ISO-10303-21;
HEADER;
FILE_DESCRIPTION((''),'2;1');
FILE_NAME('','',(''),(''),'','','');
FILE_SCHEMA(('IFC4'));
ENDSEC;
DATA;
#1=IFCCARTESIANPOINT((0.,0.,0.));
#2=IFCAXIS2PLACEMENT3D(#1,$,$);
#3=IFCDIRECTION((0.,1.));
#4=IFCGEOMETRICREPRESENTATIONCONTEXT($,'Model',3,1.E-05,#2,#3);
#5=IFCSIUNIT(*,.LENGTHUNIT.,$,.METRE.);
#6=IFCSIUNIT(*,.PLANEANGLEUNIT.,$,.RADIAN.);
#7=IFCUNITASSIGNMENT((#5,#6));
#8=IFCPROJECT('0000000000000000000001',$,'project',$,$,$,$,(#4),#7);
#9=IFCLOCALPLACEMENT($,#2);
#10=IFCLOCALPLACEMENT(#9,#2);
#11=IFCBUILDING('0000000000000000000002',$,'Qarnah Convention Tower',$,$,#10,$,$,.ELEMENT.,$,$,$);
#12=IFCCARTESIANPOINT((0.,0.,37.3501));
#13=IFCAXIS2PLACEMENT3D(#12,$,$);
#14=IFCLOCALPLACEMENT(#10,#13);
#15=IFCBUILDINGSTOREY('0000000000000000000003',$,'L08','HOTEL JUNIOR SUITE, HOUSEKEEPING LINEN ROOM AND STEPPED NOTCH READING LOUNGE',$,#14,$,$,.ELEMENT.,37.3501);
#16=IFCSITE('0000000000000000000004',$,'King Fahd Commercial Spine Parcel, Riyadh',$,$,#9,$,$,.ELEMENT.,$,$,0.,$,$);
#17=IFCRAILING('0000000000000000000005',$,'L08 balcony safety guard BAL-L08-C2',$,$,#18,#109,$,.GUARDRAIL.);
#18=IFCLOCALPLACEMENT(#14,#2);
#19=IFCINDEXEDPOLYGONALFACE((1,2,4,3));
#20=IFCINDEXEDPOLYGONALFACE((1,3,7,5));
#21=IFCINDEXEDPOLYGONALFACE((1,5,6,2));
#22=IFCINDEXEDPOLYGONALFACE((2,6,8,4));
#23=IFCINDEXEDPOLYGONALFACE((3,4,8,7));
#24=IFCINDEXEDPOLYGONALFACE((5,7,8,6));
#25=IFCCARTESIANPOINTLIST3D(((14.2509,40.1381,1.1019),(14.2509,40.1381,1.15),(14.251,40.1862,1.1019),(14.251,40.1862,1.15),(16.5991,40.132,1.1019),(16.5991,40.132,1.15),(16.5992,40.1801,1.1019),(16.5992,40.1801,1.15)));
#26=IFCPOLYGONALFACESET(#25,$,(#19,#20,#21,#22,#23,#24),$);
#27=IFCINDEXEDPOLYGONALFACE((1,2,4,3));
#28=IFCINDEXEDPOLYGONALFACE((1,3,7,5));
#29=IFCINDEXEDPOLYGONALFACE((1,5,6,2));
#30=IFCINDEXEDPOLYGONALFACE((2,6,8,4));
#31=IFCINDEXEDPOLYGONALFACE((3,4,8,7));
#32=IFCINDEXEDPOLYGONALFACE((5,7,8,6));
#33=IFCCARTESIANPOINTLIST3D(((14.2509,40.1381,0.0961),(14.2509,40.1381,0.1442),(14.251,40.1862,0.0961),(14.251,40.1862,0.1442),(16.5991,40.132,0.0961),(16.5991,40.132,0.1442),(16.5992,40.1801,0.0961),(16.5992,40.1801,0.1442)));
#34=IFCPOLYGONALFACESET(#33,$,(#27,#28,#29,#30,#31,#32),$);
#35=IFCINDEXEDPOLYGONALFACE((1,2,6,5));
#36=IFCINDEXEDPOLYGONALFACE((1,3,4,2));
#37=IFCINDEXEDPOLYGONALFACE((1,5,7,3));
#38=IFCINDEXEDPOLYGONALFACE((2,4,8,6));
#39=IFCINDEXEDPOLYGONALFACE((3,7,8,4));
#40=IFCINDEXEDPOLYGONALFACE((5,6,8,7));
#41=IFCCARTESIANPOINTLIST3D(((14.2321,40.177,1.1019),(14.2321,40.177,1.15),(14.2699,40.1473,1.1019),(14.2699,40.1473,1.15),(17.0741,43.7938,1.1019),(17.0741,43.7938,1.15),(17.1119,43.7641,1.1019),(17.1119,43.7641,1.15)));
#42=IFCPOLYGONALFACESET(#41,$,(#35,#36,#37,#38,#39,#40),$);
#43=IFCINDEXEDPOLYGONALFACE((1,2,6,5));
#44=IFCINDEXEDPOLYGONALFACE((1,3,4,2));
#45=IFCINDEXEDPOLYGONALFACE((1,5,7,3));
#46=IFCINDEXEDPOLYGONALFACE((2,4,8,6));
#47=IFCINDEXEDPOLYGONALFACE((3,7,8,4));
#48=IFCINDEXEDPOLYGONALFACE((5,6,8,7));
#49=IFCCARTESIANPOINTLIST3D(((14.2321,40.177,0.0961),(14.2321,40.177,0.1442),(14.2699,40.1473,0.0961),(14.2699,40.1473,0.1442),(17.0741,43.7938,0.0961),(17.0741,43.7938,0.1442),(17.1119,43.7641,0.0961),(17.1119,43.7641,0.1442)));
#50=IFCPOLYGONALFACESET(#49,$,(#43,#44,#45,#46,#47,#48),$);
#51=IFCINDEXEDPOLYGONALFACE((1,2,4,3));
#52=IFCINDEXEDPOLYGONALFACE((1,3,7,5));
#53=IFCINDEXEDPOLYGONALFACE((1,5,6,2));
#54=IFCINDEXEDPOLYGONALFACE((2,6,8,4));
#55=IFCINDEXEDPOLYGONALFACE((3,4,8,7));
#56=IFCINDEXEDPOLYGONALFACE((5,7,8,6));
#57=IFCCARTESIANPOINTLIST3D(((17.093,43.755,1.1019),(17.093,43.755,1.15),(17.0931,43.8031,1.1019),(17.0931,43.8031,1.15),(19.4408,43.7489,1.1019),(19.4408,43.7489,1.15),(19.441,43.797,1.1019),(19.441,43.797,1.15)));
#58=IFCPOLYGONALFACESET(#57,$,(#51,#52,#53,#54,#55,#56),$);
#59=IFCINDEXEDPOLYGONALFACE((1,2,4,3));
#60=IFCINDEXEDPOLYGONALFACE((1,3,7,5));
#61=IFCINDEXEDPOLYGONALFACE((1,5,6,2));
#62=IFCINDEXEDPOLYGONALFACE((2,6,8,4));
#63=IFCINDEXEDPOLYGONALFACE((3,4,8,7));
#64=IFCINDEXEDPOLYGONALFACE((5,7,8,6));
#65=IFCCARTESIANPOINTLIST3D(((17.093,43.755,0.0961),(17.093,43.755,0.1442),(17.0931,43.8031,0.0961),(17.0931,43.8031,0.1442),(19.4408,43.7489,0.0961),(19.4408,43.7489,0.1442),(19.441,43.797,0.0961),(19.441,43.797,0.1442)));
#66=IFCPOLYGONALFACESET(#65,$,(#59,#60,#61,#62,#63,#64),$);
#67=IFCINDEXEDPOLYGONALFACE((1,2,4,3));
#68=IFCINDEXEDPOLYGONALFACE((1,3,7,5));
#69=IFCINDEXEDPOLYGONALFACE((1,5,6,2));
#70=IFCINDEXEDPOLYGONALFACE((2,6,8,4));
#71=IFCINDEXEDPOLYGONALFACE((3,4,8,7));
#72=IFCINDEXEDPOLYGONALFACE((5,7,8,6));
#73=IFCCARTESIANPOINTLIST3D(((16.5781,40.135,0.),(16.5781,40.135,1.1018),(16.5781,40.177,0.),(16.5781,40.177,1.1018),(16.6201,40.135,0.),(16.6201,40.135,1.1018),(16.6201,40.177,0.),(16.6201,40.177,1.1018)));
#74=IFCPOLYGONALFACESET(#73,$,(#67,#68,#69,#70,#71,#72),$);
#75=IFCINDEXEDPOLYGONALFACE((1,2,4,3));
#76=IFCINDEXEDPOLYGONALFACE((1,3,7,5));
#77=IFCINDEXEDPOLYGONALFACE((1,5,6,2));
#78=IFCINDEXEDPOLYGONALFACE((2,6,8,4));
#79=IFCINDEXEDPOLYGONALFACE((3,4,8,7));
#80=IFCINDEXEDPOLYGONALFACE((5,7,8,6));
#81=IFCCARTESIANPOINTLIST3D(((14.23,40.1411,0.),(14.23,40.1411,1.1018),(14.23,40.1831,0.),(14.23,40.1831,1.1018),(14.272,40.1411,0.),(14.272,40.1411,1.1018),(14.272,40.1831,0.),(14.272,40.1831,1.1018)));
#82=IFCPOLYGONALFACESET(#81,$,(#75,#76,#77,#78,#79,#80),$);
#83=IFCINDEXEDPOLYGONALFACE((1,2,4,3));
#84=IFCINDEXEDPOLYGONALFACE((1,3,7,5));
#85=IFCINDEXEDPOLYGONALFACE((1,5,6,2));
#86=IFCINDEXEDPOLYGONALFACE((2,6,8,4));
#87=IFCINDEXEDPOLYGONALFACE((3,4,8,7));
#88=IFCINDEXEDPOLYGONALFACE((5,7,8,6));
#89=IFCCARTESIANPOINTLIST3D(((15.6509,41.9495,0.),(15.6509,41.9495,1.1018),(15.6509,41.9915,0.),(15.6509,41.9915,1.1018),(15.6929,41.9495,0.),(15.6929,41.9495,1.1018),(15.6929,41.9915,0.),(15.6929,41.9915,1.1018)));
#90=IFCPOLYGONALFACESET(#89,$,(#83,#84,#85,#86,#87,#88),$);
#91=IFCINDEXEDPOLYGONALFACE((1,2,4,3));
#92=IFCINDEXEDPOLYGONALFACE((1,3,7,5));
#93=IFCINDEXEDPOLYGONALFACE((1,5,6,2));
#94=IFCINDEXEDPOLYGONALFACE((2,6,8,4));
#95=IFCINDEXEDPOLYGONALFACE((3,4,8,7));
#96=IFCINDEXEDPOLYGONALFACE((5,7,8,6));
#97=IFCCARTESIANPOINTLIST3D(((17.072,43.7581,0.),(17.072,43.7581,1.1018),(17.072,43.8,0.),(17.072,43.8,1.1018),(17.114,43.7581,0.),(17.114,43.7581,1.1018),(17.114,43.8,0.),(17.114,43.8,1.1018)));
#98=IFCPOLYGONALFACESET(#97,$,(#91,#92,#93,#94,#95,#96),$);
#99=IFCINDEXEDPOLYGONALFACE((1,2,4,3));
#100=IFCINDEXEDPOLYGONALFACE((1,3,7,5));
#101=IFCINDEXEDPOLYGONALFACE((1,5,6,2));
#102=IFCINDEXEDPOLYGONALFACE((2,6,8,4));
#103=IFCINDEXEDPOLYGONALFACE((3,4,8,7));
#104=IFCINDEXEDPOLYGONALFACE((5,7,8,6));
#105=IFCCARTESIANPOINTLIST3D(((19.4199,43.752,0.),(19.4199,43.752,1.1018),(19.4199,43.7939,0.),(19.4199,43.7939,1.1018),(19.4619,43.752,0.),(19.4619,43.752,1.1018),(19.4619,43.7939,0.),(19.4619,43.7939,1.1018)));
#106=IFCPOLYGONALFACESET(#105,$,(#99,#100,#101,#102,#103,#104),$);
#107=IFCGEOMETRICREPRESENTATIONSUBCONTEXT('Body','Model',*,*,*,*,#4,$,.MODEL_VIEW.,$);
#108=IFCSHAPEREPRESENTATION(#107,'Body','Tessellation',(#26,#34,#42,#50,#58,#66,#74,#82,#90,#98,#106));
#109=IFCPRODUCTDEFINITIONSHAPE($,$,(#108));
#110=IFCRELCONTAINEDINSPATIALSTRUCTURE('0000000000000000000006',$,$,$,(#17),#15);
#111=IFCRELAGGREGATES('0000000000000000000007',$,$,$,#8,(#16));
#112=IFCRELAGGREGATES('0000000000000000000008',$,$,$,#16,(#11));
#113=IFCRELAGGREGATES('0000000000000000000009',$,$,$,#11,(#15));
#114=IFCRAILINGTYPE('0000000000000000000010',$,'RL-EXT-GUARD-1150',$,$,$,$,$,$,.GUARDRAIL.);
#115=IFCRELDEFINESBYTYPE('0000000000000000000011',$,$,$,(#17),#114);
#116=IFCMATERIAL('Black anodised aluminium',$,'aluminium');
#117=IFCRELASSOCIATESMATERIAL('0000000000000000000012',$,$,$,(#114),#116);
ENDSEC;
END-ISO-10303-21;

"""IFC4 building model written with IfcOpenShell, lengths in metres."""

from ifc_helpers import new_model, si_unit, direction, frame, origin, origin_2d, place, context, subcontext, project, spatial, rectangle, extrude, material, type_object, element, save


model = new_model("IFC4")

# Units and contexts
model_context = context("Model", 3, precision=1e-05, world=origin(), true_north=direction((0.0, 1.0)))
body_context = subcontext(model_context, "Body", "Model", "MODEL_VIEW")
ifc_project = project(units=[si_unit("LENGTHUNIT", "METRE"), si_unit("PLANEANGLEUNIT", "RADIAN")], contexts=[model_context])

# Site, building, storey
site_placement = place(None, origin())
site = spatial("IfcSite", under=ifc_project, at=site_placement, Name="King Fahd Commercial Spine Parcel, Riyadh", CompositionType="ELEMENT", RefElevation=0.0)
building_placement = place(site_placement, origin())
building = spatial("IfcBuilding", under=site, at=building_placement, Name="Qarnah Convention Tower", CompositionType="ELEMENT")
storey_placement = place(building_placement, frame((0.0, 0.0, 37.3501)))
storey = spatial("IfcBuildingStorey", under=building, at=storey_placement, Name="L08", Description="HOTEL JUNIOR SUITE, HOUSEKEEPING LINEN ROOM AND STEPPED NOTCH READING LOUNGE", CompositionType="ELEMENT", Elevation=37.3501)

# Shared definitions
ifc_material_1 = material(Name="Black anodised aluminium", Category="aluminium")

# Railing
railing_type = type_object("IfcRailingType", Name="RL-EXT-GUARD-1150", PredefinedType="GUARDRAIL", material=ifc_material_1)
railing_1_placement = place(storey_placement, frame((16.5991, 40.156, 0.0)))
element("IfcRailing", 1, at=railing_1_placement, inside=storey, type_object=railing_type, Name="L08 balcony safety guard BAL-L08-C2", PredefinedType="GUARDRAIL", context=body_context, shape_type="SweptSolid", body=[
    extrude(rectangle(XDim=0.0481, YDim=0.0481, at=origin_2d()), frame((0.0, 0.0, 1.126), z_axis=(-0.999997, 0.002599, 0.0), x_axis=(-0.002599, -0.999997, 0.0)), (0.0, 0.0, 1.0), 2.3481),
    extrude(rectangle(XDim=0.0481, YDim=0.0481, at=origin_2d()), frame((0.0, 0.0, 0.1201), z_axis=(-0.999997, 0.002599, 0.0), x_axis=(-0.002599, -0.999997, 0.0)), (0.0, 0.0, 1.0), 2.3481),
    extrude(rectangle(XDim=0.0481, YDim=0.0481, at=origin_2d()), frame((-2.3481, 0.0061, 1.126), z_axis=(0.617843, 0.786302, 0.0), x_axis=(-0.786302, 0.617843, 0.0)), (0.0, 0.0, 1.0), 4.5999),
    extrude(rectangle(XDim=0.0481, YDim=0.0481, at=origin_2d()), frame((-2.3481, 0.0061, 0.1201), z_axis=(0.617843, 0.786302, 0.0), x_axis=(-0.786302, 0.617843, 0.0)), (0.0, 0.0, 1.0), 4.5999),
    extrude(rectangle(XDim=0.0481, YDim=0.0481, at=origin_2d()), frame((0.4939, 3.623, 1.126), z_axis=(0.999997, -0.0026, 0.0), x_axis=(0.0026, 0.999997, 0.0)), (0.0, 0.0, 1.0), 2.3479),
    extrude(rectangle(XDim=0.0481, YDim=0.0481, at=origin_2d()), frame((0.4939, 3.623, 0.1201), z_axis=(0.999997, -0.0026, 0.0), x_axis=(0.0026, 0.999997, 0.0)), (0.0, 0.0, 1.0), 2.3479),
    extrude(rectangle(XDim=0.042, YDim=0.042, at=origin_2d()), origin(), (0.0, 0.0, 1.0), 1.1018),
    extrude(rectangle(XDim=0.042, YDim=0.042, at=origin_2d()), frame((-2.3481, 0.0061, 0.0)), (0.0, 0.0, 1.0), 1.1018),
    extrude(rectangle(XDim=0.042, YDim=0.042, at=origin_2d()), frame((-0.9272, 1.8145, 0.0)), (0.0, 0.0, 1.0), 1.1018),
    extrude(rectangle(XDim=0.042, YDim=0.042, at=origin_2d()), frame((0.4939, 3.623, 0.0)), (0.0, 0.0, 1.0), 1.1018),
    extrude(rectangle(XDim=0.042, YDim=0.042, at=origin_2d()), frame((2.8418, 3.6169, 0.0)), (0.0, 0.0, 1.0), 1.1018),
])

save(model, "model.ifc")
